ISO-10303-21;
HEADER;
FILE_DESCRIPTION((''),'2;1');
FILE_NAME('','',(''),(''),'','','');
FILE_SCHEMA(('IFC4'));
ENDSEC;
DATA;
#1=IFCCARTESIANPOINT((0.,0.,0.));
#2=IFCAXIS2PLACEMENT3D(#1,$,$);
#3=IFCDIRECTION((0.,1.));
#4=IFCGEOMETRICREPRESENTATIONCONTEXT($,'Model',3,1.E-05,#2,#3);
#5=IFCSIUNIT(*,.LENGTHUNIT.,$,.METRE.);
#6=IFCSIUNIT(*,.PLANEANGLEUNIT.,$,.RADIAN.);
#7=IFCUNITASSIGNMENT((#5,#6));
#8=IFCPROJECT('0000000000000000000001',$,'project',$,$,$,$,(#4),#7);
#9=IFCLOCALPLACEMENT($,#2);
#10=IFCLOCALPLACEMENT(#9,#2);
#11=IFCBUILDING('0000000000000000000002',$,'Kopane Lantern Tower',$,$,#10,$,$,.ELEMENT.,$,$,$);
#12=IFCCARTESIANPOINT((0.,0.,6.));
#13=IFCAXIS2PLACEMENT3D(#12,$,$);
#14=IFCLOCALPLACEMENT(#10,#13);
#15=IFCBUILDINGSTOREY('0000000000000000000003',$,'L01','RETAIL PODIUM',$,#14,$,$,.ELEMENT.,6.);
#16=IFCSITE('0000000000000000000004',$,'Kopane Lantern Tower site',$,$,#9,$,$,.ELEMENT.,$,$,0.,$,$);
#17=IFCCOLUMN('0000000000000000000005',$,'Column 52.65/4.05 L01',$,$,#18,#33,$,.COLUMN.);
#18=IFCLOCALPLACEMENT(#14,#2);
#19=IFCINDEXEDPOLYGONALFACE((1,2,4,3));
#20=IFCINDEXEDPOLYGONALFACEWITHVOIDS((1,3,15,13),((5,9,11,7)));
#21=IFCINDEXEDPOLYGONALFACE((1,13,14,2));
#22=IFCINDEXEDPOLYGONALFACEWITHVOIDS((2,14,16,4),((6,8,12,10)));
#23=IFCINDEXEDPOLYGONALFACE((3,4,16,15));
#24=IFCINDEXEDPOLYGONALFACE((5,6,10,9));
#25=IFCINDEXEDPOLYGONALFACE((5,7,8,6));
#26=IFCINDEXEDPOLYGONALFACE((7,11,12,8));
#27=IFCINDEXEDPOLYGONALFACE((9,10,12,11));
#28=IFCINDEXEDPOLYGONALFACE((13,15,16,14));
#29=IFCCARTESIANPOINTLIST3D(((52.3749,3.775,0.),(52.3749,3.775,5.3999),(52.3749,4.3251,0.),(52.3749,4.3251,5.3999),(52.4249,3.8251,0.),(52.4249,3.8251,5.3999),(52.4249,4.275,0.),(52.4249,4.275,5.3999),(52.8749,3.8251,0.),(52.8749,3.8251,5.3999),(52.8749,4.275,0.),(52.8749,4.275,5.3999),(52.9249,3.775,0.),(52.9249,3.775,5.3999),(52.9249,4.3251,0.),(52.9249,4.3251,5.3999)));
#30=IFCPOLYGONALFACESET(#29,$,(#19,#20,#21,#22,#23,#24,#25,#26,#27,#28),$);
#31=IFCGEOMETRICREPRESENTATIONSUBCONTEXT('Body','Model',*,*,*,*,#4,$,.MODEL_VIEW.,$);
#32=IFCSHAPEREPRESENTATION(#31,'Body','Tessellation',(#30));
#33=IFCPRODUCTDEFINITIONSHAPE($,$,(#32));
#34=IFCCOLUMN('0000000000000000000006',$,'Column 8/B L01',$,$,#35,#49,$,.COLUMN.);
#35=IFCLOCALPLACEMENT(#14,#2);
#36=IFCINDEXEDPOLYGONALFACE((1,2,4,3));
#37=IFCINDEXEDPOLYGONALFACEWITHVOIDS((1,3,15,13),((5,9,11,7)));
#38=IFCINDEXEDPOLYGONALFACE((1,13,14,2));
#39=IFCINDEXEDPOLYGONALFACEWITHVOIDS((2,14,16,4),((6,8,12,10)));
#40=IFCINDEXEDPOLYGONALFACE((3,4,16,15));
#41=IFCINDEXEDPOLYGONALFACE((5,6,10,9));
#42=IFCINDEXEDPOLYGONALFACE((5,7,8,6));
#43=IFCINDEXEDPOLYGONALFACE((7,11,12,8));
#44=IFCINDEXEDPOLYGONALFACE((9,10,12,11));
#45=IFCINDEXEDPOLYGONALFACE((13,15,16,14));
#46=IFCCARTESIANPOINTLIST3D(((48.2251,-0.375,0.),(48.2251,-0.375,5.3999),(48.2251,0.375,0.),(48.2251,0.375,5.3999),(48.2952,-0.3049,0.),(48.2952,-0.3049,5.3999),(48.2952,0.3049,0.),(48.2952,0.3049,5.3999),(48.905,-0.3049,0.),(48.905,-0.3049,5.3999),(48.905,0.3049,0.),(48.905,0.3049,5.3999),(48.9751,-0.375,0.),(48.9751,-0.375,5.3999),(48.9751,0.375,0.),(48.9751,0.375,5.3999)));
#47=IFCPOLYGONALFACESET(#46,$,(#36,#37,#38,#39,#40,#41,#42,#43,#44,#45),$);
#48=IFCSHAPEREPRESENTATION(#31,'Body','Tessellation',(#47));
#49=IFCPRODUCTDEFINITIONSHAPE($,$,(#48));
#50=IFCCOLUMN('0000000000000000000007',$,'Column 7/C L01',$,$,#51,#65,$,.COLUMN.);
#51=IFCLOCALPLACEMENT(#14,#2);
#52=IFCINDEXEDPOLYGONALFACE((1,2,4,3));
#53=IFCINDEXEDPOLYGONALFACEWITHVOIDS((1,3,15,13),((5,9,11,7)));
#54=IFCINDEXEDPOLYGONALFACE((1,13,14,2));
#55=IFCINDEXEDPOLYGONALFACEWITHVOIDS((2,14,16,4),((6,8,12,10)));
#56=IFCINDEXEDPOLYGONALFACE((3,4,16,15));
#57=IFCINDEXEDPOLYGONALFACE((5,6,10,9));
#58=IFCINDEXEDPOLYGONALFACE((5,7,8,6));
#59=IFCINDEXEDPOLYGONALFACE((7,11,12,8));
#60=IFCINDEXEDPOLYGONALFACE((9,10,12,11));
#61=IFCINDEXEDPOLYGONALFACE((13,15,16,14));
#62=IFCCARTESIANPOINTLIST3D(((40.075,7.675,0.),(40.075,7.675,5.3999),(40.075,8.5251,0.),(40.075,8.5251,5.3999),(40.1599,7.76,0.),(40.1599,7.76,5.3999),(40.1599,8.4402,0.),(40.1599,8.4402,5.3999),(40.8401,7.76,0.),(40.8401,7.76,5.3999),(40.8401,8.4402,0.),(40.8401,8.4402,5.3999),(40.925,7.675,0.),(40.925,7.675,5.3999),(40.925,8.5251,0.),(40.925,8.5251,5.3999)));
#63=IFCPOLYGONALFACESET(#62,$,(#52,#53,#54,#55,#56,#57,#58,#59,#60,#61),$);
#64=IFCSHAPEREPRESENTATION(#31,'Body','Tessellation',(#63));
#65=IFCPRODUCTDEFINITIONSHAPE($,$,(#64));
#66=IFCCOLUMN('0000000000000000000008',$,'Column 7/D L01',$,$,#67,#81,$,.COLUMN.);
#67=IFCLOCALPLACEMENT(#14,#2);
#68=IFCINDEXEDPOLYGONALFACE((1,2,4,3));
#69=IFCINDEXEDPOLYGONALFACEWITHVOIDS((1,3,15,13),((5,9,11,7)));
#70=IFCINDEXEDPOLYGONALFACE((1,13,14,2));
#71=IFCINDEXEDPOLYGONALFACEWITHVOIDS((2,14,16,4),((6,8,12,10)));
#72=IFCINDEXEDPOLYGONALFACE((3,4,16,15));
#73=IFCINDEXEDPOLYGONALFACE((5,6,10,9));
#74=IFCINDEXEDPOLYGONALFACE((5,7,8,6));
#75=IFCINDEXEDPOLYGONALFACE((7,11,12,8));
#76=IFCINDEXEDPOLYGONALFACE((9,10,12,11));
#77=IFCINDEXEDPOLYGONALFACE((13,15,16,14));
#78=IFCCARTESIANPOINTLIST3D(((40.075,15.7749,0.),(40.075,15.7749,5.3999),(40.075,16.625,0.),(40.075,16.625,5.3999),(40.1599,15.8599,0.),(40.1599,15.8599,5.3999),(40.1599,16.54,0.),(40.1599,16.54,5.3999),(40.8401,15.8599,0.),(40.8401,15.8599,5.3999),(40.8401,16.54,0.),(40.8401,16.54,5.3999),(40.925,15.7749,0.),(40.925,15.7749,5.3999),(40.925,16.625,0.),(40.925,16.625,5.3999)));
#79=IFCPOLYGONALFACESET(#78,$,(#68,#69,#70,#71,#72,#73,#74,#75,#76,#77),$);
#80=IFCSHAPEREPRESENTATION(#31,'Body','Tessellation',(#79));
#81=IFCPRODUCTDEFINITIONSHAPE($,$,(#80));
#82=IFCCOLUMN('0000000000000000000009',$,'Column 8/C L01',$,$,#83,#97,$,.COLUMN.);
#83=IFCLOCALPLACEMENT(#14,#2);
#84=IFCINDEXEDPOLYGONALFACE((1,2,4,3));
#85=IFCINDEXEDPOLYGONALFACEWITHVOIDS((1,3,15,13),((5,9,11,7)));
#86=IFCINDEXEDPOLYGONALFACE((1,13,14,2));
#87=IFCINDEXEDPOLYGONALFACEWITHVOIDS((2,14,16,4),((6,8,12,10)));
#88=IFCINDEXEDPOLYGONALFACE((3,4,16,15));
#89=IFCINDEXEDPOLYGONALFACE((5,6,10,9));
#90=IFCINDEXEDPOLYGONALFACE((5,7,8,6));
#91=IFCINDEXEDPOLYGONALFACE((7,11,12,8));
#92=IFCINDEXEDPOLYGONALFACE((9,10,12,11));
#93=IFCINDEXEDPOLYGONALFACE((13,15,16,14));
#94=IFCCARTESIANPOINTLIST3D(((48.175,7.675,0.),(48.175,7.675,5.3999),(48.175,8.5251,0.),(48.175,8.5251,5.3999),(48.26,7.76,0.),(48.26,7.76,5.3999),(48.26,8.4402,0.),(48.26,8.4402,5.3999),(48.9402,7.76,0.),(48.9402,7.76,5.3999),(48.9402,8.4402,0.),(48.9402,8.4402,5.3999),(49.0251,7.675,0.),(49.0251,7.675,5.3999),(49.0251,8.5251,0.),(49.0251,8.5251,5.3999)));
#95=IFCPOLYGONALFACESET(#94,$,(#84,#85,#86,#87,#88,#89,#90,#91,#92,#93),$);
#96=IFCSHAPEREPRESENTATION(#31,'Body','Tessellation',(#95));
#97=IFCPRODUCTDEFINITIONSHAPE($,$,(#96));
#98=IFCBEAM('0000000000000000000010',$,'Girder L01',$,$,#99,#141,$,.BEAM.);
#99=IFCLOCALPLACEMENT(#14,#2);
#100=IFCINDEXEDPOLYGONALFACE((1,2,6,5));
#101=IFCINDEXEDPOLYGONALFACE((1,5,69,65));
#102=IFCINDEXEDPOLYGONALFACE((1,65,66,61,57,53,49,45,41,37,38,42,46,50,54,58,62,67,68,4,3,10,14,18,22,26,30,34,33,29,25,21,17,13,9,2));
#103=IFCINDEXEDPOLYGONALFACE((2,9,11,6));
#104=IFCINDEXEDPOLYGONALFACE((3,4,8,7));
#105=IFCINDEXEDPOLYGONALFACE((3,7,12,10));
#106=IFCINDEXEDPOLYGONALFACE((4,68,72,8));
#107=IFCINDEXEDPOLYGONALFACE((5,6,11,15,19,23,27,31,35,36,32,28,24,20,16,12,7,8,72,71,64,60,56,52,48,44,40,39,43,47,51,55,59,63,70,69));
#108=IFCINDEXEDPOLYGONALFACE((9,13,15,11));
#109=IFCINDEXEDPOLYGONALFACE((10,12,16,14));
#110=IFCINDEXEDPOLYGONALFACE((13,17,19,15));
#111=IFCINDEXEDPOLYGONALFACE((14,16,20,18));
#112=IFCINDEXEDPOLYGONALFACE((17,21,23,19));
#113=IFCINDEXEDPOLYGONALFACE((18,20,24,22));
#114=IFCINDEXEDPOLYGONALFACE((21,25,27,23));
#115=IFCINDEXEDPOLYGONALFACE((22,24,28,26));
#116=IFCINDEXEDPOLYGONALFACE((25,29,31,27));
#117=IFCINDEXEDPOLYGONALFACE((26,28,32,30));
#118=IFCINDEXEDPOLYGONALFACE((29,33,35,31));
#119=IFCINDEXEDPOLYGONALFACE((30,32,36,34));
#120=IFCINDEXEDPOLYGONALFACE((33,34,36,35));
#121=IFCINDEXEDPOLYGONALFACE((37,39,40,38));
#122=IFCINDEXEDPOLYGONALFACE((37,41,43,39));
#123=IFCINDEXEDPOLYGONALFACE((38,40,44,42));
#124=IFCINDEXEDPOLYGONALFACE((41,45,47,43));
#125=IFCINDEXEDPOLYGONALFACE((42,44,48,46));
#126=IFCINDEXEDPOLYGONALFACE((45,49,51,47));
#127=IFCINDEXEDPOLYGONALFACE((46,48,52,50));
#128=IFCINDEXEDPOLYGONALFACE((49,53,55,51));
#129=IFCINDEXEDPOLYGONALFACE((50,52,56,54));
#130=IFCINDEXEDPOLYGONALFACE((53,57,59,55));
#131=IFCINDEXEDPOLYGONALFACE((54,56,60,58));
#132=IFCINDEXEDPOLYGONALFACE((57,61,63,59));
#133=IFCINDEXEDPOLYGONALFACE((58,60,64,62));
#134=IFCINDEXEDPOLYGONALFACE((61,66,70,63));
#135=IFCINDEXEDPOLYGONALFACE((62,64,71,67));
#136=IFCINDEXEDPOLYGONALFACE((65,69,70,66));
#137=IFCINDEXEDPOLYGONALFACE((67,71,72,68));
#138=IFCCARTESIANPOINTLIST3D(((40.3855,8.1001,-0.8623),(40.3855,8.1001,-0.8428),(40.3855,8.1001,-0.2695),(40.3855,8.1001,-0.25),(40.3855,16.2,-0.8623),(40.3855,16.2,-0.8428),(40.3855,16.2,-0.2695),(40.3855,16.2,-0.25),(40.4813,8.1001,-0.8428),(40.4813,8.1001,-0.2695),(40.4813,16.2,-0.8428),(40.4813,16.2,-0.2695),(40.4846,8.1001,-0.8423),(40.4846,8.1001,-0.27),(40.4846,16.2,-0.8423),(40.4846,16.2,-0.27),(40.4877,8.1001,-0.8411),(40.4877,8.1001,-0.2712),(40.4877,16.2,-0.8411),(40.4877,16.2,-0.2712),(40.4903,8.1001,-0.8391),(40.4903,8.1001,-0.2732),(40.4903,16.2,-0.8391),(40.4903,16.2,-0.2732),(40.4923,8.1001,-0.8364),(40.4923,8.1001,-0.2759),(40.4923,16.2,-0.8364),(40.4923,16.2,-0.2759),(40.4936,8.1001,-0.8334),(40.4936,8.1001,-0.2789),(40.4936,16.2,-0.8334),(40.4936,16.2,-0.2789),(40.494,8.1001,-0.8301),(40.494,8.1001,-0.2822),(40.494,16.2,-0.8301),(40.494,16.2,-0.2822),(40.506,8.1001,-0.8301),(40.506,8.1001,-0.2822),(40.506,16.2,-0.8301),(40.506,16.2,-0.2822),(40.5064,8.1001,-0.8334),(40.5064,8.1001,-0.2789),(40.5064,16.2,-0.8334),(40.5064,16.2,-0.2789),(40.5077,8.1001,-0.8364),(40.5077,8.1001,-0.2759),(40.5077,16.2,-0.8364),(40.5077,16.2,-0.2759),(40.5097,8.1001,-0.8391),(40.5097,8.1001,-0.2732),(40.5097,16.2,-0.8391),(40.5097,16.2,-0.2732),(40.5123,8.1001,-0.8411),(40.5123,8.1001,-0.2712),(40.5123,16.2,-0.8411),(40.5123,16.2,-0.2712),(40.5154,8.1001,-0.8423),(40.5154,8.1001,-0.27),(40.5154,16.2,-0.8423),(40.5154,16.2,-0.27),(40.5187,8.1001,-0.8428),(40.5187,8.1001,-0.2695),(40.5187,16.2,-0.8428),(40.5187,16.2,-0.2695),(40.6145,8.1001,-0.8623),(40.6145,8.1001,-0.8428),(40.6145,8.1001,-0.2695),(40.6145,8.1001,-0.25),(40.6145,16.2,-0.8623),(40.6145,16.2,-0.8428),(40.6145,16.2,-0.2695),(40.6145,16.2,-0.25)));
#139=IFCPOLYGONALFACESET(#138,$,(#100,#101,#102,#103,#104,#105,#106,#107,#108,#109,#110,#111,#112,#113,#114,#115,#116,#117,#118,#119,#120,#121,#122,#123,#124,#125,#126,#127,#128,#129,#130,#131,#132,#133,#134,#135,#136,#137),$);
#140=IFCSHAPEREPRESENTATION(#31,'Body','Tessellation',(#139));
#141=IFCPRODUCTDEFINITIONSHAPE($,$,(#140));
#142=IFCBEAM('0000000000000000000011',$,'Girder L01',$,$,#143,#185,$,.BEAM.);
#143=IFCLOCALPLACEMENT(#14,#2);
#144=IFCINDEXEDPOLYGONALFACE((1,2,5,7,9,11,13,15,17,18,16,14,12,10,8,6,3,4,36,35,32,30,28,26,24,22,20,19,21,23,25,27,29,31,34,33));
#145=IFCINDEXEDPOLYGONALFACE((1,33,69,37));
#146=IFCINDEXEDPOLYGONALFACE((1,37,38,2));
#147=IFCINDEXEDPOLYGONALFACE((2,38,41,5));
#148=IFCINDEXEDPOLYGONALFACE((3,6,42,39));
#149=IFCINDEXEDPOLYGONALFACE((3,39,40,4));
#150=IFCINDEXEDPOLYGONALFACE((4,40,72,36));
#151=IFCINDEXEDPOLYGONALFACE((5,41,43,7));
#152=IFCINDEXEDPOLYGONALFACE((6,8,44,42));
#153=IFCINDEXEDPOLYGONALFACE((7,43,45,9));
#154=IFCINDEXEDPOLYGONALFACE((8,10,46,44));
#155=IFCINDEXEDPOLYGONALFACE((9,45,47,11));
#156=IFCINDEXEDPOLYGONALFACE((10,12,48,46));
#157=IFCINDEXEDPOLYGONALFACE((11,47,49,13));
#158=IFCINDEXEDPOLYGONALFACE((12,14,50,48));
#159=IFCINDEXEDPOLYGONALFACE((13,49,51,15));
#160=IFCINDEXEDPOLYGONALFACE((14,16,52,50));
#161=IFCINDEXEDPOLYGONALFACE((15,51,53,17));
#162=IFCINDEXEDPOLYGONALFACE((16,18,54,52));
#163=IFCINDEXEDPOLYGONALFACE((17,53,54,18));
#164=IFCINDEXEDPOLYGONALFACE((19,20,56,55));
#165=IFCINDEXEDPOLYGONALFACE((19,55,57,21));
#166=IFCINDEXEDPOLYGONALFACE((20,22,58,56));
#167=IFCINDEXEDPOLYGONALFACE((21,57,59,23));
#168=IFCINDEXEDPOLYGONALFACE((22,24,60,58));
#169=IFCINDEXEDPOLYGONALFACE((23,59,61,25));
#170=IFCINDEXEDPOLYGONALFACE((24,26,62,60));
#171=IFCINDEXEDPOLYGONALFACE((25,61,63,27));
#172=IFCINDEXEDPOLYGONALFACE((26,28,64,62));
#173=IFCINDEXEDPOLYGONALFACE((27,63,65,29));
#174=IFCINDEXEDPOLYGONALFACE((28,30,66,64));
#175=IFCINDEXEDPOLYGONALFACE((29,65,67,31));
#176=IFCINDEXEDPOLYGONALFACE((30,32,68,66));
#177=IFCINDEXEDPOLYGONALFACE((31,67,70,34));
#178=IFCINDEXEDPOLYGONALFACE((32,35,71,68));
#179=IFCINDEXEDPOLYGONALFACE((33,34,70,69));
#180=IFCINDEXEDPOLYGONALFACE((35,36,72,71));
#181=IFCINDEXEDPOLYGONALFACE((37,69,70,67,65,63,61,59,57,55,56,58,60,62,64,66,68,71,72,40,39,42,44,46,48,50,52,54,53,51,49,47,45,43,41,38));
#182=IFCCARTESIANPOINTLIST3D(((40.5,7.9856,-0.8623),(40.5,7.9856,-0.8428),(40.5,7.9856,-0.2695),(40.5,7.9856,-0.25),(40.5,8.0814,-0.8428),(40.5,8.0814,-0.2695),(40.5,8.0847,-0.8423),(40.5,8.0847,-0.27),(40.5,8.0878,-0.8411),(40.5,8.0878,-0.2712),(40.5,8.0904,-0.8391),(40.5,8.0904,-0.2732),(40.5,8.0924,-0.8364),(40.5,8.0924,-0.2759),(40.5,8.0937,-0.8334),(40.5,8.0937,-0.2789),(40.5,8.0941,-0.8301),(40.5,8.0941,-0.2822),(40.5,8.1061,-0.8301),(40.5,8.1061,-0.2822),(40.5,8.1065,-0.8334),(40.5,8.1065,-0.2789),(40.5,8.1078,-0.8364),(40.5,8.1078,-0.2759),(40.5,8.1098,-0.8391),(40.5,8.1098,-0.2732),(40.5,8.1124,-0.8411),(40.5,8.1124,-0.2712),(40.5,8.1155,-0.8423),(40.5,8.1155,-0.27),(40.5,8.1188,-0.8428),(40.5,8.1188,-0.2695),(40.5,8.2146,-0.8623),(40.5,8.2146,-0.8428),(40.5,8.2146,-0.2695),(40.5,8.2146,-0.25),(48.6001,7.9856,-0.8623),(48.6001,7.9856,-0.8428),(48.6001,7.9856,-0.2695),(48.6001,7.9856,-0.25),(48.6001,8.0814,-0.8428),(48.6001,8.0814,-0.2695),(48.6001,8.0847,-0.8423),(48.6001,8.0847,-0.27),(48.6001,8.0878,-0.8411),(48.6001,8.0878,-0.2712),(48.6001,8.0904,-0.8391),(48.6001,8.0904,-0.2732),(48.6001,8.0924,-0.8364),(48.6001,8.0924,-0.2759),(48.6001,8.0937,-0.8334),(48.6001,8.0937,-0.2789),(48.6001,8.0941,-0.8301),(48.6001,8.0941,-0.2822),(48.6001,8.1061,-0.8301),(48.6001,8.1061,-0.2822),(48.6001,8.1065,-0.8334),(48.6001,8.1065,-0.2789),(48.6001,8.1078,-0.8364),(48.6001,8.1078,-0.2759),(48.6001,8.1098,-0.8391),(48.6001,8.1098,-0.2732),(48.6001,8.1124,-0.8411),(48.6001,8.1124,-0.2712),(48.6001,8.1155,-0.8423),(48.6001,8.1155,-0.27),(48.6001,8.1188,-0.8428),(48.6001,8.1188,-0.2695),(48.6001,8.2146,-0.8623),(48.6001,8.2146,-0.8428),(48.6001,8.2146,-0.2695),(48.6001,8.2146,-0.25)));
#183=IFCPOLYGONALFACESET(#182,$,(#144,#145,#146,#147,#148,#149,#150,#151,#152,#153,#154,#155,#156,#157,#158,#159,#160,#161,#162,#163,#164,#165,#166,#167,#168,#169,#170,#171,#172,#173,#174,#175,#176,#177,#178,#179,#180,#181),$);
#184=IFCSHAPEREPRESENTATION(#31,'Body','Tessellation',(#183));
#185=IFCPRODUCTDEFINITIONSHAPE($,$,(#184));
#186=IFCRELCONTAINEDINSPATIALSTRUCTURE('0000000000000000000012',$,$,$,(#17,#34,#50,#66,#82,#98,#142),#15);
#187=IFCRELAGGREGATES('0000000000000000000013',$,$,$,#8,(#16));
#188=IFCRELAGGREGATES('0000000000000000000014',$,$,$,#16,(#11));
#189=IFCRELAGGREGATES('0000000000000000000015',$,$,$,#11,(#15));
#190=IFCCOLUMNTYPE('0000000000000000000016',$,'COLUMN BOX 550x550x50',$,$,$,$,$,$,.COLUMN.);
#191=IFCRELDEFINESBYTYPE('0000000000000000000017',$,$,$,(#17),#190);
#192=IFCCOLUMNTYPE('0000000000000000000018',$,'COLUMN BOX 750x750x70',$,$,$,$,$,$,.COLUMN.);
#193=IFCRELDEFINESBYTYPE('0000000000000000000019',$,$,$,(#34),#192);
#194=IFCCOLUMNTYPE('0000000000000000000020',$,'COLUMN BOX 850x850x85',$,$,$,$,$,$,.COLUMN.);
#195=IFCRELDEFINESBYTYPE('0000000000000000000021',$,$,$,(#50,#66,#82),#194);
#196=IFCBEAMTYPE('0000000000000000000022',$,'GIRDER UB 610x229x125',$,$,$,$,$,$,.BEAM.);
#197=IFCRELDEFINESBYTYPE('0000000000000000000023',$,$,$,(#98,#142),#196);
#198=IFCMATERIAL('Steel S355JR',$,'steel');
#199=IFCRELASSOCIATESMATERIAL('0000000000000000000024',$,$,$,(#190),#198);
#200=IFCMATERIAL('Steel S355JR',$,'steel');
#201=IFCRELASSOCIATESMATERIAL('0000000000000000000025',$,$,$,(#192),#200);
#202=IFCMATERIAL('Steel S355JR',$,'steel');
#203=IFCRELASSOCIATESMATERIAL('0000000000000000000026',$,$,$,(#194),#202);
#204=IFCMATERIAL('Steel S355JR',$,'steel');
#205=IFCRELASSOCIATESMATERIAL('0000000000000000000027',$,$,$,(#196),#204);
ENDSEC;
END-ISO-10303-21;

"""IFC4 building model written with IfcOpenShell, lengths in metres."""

from ifc_helpers import new_model, si_unit, direction, frame, origin, origin_2d, place, context, subcontext, project, spatial, hollow_rectangle, i_section, extrude, material, material_profile, profile_set, type_object, element, save


model = new_model("IFC4")

# Units and contexts
model_context = context("Model", 3, precision=1e-05, world=origin(), true_north=direction((0.0, 1.0)))
body_context = subcontext(model_context, "Body", "Model", "MODEL_VIEW")
ifc_project = project(units=[si_unit("LENGTHUNIT", "METRE"), si_unit("PLANEANGLEUNIT", "RADIAN")], contexts=[model_context])

# Site, building, storey
site_placement = place(None, origin())
site = spatial("IfcSite", under=ifc_project, at=site_placement, Name="Kopane Lantern Tower site", CompositionType="ELEMENT", RefElevation=0.0)
building_placement = place(site_placement, origin())
building = spatial("IfcBuilding", under=site, at=building_placement, Name="Kopane Lantern Tower", CompositionType="ELEMENT")
storey_placement = place(building_placement, frame((0.0, 0.0, 6.0)))
storey = spatial("IfcBuildingStorey", under=building, at=storey_placement, Name="L01", Description="RETAIL PODIUM", CompositionType="ELEMENT", Elevation=6.0)

# Columns
ifc_material_1 = material(Name="Steel S355JR", Category="steel")
ifc_material_profile_1 = material_profile(ifc_material_1, hollow_rectangle(XDim=0.55, YDim=0.55, WallThickness=0.05, at=origin_2d()), Name="BOX 550x550x50")
ifc_profile_set_1 = profile_set([ifc_material_profile_1], Name="Steel S355JR")
column_type_1 = type_object("IfcColumnType", Name="COLUMN BOX 550x550x50", PredefinedType="COLUMN", material=ifc_profile_set_1)
column_1_placement = place(storey_placement, frame((52.6499, 4.05, 0.0), z_axis=(0.0, 0.0, 1.0), x_axis=(1.0, 0.0, 0.0)))
element("IfcColumn", 1, at=column_1_placement, inside=storey, type_object=column_type_1, Name="Column 52.65/4.05 L01", PredefinedType="COLUMN", context=body_context, shape_type="SweptSolid", body=[
    extrude(hollow_rectangle(XDim=0.55, YDim=0.55, WallThickness=0.05, at=origin_2d()), origin(), (0.0, 0.0, 1.0), 5.3999),
])
ifc_material_2 = material(Name="Steel S355JR", Category="steel")
ifc_material_profile_2 = material_profile(ifc_material_2, hollow_rectangle(XDim=0.75, YDim=0.75, WallThickness=0.0701, at=origin_2d()), Name="BOX 750x750x70")
ifc_profile_set_2 = profile_set([ifc_material_profile_2], Name="Steel S355JR")
column_type_2 = type_object("IfcColumnType", Name="COLUMN BOX 750x750x70", PredefinedType="COLUMN", material=ifc_profile_set_2)
column_2_placement = place(storey_placement, frame((48.6001, 0.0, 0.0), z_axis=(0.0, 0.0, 1.0), x_axis=(1.0, 0.0, 0.0)))
element("IfcColumn", 2, at=column_2_placement, inside=storey, type_object=column_type_2, Name="Column 8/B L01", PredefinedType="COLUMN", context=body_context, shape_type="SweptSolid", body=[
    extrude(hollow_rectangle(XDim=0.75, YDim=0.75, WallThickness=0.0701, at=origin_2d()), origin(), (0.0, 0.0, 1.0), 5.3999),
])
ifc_material_3 = material(Name="Steel S355JR", Category="steel")
ifc_material_profile_3 = material_profile(ifc_material_3, hollow_rectangle(XDim=0.8501, YDim=0.8501, WallThickness=0.085, at=origin_2d()), Name="BOX 850x850x85")
ifc_profile_set_3 = profile_set([ifc_material_profile_3], Name="Steel S355JR")
column_type_3 = type_object("IfcColumnType", Name="COLUMN BOX 850x850x85", PredefinedType="COLUMN", material=ifc_profile_set_3)
for number, where, z_axis, x_axis, name in (
    (3, (40.5, 8.1001, 0.0), (0.0, 0.0, 1.0), (1.0, 0.0, 0.0), "Column 7/C L01"),
    (4, (40.5, 16.2, 0.0), (0.0, 0.0, 1.0), (1.0, 0.0, 0.0), "Column 7/D L01"),
    (5, (48.6001, 8.1001, 0.0), (0.0, 0.0, 1.0), (1.0, 0.0, 0.0), "Column 8/C L01"),
):
    element("IfcColumn", number, at=place(storey_placement, frame(where, z_axis=z_axis, x_axis=x_axis)), inside=storey, type_object=column_type_3, Name=name, PredefinedType="COLUMN", context=body_context, shape_type="SweptSolid", body=[
        extrude(hollow_rectangle(XDim=0.8501, YDim=0.8501, WallThickness=0.085, at=origin_2d()), origin(), (0.0, 0.0, 1.0), 5.3999),
    ])

# Beams
ifc_material_4 = material(Name="Steel S355JR", Category="steel")
ifc_material_profile_4 = material_profile(ifc_material_4, i_section(OverallWidth=0.229, OverallDepth=0.6123, WebThickness=0.012, FlangeThickness=0.0195, FilletRadius=0.0127, at=origin_2d()), Name="UB 610x229x125")
ifc_profile_set_4 = profile_set([ifc_material_profile_4], Name="Steel S355JR")
beam_type = type_object("IfcBeamType", Name="GIRDER UB 610x229x125", PredefinedType="BEAM", material=ifc_profile_set_4)
beam_placement = place(storey_placement, frame((40.5, 8.1001, -0.5562), z_axis=(0.0, 1.0, 0.0), x_axis=(-1.0, 0.0, 0.0)))
element("IfcBeam", 6, at=beam_placement, inside=storey, type_object=beam_type, Name="Girder L01", PredefinedType="BEAM", context=body_context, shape_type="SweptSolid", body=[
    extrude(i_section(OverallWidth=0.229, OverallDepth=0.6123, WebThickness=0.012, FlangeThickness=0.0195, FilletRadius=0.0127, at=origin_2d()), origin(), (0.0, 0.0, 1.0), 8.0999),
])
for number, where, z_axis, x_axis, name in (
    (7, (40.5, 8.1001, -0.5562), (1.0, 0.0, 0.0), (0.0, 1.0, 0.0), "Girder L01"),
):
    element("IfcBeam", number, at=place(storey_placement, frame(where, z_axis=z_axis, x_axis=x_axis)), inside=storey, type_object=beam_type, Name=name, PredefinedType="BEAM", context=body_context, shape_type="SweptSolid", body=[
        extrude(i_section(OverallWidth=0.229, OverallDepth=0.6123, WebThickness=0.012, FlangeThickness=0.0195, FilletRadius=0.0127, at=origin_2d()), origin(), (0.0, 0.0, 1.0), 8.1001),
    ])

save(model, "model.ifc")
